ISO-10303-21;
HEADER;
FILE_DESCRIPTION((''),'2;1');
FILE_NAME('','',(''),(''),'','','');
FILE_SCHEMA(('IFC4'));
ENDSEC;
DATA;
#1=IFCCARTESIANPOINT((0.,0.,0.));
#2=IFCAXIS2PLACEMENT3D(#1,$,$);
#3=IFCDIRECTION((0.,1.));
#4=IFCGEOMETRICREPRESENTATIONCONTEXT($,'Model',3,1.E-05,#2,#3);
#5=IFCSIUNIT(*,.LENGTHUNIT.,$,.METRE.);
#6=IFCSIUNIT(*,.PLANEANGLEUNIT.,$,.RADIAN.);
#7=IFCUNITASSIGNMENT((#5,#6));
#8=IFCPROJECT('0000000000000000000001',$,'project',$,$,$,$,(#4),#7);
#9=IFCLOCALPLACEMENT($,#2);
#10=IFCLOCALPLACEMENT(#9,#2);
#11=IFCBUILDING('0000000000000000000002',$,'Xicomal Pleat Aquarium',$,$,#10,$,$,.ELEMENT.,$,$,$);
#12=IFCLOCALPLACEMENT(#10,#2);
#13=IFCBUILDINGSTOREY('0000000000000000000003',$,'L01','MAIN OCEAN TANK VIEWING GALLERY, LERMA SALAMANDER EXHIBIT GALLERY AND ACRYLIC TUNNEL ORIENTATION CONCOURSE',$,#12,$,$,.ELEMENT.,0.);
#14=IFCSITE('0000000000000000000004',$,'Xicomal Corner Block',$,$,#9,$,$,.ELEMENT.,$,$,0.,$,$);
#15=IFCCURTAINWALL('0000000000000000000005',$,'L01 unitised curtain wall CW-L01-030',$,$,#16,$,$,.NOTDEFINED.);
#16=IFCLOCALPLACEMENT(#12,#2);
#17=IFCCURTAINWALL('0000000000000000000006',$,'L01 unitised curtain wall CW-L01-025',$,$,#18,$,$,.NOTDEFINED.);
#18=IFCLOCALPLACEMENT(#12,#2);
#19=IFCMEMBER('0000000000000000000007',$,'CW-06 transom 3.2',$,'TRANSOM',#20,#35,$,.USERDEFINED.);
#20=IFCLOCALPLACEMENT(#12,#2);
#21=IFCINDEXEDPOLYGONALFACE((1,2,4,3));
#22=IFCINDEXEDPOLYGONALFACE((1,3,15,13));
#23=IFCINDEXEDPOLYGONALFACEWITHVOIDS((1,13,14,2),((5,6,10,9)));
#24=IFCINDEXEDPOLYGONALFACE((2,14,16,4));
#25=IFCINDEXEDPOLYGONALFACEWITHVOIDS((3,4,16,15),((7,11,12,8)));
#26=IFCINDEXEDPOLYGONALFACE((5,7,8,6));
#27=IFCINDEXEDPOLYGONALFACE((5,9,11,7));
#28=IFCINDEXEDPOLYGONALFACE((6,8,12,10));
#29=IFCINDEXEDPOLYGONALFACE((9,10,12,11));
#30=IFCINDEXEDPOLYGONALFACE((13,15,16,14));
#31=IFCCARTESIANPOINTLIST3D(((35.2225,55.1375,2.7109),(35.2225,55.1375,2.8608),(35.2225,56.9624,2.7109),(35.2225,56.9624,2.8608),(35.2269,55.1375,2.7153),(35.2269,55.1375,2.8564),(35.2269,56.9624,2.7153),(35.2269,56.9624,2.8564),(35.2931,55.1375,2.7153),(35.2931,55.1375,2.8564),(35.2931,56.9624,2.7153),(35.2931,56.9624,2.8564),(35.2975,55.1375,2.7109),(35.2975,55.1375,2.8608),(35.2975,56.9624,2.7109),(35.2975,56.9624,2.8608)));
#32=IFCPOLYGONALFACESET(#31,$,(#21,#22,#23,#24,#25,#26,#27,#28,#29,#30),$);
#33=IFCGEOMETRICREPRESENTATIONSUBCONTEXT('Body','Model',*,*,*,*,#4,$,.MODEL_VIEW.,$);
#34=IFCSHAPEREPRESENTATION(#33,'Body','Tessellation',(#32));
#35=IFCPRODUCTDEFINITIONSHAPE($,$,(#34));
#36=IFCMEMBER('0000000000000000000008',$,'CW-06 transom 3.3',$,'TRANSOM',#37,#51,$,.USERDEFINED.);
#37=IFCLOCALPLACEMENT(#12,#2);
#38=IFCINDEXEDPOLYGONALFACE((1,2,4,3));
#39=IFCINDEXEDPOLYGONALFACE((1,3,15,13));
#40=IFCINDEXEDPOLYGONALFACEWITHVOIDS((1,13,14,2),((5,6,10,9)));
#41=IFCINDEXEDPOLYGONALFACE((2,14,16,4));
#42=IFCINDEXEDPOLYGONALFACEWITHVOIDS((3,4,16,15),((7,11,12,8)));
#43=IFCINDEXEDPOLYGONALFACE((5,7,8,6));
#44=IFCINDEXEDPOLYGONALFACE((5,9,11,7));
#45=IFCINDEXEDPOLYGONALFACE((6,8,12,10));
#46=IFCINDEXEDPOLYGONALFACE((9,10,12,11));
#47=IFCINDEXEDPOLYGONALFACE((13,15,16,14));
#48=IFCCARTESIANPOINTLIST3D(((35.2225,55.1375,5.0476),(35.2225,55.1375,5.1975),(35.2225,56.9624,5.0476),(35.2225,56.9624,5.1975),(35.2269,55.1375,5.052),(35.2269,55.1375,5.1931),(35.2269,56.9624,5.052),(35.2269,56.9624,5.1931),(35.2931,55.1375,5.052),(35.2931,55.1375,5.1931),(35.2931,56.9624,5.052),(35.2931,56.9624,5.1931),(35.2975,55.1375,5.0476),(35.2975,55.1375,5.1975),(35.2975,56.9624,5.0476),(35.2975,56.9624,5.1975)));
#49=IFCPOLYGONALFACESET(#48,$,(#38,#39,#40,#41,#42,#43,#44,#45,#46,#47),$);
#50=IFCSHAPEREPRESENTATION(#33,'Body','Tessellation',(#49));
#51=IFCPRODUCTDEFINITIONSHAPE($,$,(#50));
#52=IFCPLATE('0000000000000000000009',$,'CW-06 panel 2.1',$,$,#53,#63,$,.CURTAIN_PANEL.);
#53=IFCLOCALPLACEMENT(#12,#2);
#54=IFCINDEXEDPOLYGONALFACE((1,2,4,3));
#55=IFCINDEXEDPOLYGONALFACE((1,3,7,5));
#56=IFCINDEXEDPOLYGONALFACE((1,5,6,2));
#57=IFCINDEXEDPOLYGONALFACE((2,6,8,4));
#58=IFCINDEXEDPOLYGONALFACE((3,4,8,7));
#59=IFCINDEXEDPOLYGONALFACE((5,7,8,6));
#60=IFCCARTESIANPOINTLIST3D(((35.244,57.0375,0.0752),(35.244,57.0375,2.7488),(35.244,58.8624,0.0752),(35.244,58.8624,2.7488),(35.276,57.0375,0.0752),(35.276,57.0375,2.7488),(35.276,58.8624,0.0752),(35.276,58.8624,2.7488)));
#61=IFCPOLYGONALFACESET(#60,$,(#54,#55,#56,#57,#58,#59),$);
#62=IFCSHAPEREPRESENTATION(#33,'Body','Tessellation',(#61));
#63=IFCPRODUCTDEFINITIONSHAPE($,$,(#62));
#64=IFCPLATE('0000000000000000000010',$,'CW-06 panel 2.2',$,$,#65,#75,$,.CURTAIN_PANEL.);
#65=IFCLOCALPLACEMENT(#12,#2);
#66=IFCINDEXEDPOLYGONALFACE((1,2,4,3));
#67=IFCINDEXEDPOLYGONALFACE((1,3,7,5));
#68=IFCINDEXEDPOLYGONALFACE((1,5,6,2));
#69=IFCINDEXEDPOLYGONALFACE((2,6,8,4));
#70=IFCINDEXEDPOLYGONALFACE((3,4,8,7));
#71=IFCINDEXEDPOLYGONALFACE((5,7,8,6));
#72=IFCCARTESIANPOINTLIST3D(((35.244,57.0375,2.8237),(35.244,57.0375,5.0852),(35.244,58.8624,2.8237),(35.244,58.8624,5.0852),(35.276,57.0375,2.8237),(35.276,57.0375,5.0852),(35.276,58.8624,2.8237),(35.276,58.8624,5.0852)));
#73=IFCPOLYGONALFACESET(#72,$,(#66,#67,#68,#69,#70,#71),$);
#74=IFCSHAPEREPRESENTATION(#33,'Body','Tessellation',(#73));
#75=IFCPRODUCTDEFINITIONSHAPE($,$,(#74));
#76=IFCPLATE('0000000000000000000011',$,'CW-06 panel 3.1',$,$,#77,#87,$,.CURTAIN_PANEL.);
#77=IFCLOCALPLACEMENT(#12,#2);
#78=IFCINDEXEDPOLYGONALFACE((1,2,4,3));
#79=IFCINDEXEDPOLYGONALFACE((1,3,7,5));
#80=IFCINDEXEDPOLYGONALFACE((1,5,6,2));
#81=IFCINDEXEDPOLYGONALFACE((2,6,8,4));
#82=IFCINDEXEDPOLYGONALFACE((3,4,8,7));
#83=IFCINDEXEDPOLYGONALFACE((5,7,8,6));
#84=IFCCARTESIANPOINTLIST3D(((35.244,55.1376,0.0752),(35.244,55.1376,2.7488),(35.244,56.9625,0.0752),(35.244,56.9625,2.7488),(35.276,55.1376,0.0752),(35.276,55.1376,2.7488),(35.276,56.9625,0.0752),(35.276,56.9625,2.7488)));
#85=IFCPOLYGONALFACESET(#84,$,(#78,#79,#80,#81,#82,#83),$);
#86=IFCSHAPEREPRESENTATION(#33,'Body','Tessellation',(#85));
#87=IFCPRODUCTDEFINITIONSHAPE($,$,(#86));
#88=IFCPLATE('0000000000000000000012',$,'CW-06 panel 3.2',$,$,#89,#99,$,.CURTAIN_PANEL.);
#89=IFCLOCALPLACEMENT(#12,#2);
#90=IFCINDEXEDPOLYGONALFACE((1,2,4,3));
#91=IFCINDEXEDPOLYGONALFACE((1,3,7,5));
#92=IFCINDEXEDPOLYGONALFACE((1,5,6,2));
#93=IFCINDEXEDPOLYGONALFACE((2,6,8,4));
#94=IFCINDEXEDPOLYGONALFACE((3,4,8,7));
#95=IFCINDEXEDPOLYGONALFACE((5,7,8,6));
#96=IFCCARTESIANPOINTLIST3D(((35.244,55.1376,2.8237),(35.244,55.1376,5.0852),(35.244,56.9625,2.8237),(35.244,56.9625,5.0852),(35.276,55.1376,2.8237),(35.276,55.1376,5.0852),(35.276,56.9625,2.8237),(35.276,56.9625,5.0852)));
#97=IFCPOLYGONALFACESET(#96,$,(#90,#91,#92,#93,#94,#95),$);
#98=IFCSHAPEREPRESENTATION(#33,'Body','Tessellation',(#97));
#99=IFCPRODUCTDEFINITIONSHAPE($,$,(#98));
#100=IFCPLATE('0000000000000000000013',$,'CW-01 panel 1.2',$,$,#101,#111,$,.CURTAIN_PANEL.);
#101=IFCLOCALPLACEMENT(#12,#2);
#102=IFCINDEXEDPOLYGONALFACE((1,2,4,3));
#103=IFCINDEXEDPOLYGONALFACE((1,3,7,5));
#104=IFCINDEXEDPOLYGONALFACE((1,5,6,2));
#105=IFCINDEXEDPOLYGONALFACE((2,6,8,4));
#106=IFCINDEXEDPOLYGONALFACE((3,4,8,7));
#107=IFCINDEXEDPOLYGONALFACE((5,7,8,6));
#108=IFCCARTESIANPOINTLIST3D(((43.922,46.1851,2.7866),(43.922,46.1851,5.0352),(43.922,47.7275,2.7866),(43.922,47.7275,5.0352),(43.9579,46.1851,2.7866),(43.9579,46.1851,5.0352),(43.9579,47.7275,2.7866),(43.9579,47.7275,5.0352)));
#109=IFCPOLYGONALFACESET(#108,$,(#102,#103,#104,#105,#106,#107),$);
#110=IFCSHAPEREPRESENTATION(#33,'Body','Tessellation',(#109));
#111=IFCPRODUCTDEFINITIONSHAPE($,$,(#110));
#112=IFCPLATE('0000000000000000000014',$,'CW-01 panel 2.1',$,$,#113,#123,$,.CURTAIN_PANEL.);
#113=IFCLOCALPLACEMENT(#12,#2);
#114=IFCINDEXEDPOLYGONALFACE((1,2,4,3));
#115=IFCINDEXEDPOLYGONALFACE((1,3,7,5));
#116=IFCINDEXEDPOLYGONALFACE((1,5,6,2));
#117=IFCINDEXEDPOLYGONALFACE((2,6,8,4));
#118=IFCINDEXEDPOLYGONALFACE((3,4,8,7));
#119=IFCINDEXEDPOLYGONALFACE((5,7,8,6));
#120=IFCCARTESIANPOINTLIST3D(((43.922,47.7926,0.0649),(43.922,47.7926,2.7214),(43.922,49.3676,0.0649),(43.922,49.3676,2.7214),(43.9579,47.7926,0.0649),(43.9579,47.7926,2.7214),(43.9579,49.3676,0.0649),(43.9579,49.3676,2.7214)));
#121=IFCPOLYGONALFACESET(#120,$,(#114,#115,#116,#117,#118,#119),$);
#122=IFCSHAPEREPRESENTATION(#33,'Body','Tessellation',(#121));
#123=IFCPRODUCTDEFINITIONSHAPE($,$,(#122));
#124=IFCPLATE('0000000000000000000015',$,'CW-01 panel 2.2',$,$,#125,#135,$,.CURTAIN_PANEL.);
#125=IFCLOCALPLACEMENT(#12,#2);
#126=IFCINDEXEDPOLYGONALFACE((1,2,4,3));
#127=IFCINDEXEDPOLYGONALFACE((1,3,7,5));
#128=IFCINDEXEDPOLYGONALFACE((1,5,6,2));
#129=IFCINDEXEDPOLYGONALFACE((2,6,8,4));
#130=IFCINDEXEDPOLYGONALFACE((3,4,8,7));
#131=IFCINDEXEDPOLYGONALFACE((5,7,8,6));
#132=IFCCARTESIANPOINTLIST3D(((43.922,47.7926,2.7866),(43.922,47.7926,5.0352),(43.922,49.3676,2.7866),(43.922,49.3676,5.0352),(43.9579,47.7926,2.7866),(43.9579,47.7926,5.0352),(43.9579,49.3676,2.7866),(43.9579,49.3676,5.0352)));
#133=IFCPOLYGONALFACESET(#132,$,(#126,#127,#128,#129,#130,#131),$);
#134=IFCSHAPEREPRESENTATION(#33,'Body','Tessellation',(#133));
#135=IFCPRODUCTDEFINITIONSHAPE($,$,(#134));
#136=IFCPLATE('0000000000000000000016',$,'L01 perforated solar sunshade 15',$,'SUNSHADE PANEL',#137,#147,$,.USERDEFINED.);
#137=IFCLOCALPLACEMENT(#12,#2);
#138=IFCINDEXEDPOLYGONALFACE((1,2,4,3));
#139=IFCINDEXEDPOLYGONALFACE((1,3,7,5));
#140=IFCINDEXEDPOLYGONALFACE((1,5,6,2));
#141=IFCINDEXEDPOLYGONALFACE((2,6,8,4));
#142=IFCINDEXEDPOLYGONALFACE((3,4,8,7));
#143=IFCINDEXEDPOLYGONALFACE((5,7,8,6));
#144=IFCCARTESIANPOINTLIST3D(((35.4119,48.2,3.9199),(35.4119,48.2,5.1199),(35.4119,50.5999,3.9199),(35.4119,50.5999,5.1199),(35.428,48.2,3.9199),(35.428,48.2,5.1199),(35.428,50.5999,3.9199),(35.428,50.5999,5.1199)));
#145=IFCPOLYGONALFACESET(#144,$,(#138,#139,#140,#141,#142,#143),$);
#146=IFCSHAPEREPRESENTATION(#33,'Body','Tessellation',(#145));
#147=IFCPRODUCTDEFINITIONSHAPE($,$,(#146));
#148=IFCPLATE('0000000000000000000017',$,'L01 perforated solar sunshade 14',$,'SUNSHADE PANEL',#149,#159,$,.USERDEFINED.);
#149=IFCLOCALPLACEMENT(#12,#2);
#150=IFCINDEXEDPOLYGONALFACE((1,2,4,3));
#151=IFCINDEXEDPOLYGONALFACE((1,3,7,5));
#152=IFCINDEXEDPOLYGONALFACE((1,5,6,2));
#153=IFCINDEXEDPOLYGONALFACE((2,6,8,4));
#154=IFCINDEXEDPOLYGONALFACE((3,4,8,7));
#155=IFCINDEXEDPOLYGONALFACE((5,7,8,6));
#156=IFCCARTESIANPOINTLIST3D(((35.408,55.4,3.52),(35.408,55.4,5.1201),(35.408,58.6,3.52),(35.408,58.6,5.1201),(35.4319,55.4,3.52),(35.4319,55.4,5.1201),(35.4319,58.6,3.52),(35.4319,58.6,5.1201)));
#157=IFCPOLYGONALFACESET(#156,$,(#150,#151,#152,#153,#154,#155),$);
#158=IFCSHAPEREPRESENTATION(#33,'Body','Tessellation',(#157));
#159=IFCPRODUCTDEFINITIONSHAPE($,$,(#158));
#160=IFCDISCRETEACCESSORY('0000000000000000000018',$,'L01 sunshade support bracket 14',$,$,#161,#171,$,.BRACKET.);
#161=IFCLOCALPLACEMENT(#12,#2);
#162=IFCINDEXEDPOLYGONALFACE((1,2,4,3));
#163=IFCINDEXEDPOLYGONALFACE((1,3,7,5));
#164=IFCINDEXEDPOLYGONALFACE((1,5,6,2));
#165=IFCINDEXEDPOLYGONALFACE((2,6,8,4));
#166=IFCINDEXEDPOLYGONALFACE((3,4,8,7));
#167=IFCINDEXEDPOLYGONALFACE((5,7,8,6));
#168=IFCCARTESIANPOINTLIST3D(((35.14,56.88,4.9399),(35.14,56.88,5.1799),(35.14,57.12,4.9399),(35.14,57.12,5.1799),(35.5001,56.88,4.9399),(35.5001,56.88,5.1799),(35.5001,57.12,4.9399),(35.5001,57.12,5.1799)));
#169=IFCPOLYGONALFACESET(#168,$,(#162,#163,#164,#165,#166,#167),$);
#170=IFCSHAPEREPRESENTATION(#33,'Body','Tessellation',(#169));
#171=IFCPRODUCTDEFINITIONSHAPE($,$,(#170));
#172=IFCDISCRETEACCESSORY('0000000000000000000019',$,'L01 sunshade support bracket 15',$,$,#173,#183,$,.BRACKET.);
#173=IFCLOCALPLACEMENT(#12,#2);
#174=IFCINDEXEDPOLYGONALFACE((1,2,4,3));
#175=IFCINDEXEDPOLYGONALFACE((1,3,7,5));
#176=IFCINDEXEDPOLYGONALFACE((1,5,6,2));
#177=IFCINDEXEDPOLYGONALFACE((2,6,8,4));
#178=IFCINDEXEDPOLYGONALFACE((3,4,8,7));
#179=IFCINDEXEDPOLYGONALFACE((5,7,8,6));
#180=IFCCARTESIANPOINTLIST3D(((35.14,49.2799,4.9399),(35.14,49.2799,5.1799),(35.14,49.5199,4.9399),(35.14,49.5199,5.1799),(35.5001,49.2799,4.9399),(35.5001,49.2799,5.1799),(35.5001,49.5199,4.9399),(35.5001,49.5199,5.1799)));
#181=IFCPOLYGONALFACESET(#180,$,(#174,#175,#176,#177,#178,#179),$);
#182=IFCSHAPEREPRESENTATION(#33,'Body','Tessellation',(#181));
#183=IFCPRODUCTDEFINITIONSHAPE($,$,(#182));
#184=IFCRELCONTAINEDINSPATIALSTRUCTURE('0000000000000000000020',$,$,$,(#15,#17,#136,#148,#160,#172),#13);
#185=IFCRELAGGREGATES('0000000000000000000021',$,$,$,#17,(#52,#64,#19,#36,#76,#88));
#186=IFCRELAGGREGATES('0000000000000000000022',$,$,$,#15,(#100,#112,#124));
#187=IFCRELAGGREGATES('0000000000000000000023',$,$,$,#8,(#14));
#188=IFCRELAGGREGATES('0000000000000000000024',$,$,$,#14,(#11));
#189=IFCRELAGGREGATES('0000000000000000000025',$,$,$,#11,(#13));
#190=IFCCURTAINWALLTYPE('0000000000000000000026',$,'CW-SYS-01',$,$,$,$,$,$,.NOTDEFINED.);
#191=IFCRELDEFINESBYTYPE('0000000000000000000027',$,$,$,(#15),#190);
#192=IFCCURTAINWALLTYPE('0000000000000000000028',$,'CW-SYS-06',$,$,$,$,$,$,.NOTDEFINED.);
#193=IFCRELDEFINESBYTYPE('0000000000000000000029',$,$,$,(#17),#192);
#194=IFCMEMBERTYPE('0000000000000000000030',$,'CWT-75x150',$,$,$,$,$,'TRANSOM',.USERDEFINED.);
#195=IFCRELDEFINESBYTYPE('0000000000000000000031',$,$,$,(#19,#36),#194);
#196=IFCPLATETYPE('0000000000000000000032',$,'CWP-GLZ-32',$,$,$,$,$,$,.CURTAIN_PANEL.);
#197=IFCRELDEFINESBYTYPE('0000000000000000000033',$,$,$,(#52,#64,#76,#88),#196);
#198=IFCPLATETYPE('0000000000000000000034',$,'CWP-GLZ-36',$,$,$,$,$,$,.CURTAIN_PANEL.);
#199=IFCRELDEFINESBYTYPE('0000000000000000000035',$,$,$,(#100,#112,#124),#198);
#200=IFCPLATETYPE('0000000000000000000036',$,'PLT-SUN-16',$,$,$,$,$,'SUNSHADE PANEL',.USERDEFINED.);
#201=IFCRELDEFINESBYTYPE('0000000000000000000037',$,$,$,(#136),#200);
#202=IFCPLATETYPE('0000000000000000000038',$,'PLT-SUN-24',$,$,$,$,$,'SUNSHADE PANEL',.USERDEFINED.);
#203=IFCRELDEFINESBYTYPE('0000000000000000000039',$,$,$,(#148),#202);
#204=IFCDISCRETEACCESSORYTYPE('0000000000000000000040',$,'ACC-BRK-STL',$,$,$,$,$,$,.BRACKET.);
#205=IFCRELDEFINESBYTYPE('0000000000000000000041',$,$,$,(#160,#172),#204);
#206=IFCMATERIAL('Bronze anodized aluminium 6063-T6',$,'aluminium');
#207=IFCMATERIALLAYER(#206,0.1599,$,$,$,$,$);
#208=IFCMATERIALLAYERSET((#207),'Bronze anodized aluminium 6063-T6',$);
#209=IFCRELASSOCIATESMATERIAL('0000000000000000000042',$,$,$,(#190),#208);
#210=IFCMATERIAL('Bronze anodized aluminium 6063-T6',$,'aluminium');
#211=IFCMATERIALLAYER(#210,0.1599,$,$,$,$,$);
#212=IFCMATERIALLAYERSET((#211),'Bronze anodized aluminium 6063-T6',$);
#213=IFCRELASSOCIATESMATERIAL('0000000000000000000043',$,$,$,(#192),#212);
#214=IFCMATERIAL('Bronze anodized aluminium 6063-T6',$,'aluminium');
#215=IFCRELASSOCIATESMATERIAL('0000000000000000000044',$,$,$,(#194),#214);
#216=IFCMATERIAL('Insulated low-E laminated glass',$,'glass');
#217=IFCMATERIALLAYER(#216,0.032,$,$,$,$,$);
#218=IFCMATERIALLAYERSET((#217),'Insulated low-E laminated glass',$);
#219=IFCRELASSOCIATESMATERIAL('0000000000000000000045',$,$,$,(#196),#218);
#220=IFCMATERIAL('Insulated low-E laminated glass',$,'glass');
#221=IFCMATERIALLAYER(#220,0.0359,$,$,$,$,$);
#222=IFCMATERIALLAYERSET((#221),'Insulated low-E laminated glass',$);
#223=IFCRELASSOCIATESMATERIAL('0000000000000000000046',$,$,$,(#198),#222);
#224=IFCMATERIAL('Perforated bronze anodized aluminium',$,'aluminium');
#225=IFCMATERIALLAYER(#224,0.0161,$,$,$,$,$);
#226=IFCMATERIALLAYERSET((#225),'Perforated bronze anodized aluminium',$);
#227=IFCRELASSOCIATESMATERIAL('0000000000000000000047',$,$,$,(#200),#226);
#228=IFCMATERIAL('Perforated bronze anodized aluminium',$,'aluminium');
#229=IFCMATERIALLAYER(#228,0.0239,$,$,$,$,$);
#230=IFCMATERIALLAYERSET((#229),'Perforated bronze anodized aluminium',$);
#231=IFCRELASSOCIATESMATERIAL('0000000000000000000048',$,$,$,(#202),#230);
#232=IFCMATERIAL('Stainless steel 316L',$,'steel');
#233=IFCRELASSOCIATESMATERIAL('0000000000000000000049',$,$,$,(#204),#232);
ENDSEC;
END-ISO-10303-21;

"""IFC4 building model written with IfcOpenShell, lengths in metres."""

from ifc_helpers import new_model, si_unit, direction, frame, origin, origin_2d, place, context, subcontext, project, spatial, rectangle, hollow_rectangle, extrude, material, layer, layer_set, material_profile, profile_set, type_object, element, aggregate, save


model = new_model("IFC4")

# Units and contexts
model_context = context("Model", 3, precision=1e-05, world=origin(), true_north=direction((0.0, 1.0)))
body_context = subcontext(model_context, "Body", "Model", "MODEL_VIEW")
ifc_project = project(units=[si_unit("LENGTHUNIT", "METRE"), si_unit("PLANEANGLEUNIT", "RADIAN")], contexts=[model_context])

# Site, building, storey
site_placement = place(None, origin())
site = spatial("IfcSite", under=ifc_project, at=site_placement, Name="Xicomal Corner Block", CompositionType="ELEMENT", RefElevation=0.0)
building_placement = place(site_placement, origin())
building = spatial("IfcBuilding", under=site, at=building_placement, Name="Xicomal Pleat Aquarium", CompositionType="ELEMENT")
storey_placement = place(building_placement, origin())
storey = spatial("IfcBuildingStorey", under=building, at=storey_placement, Name="L01", Description="MAIN OCEAN TANK VIEWING GALLERY, LERMA SALAMANDER EXHIBIT GALLERY AND ACRYLIC TUNNEL ORIENTATION CONCOURSE", CompositionType="ELEMENT", Elevation=0.0)

# Curtain walls
ifc_material_1 = material(Name="Bronze anodized aluminium 6063-T6", Category="aluminium")
ifc_layer_1 = layer(ifc_material_1, 0.1599)
ifc_layer_set_1 = layer_set([ifc_layer_1], Name="Bronze anodized aluminium 6063-T6")
curtain_wall_type_1 = type_object("IfcCurtainWallType", Name="CW-SYS-01", PredefinedType="NOTDEFINED", material=ifc_layer_set_1)
curtain_wall_1_placement = place(storey_placement, origin())
curtain_wall_1 = element("IfcCurtainWall", 1, at=curtain_wall_1_placement, inside=storey, type_object=curtain_wall_type_1, Name="L01 unitised curtain wall CW-L01-030", PredefinedType="NOTDEFINED")
ifc_material_2 = material(Name="Bronze anodized aluminium 6063-T6", Category="aluminium")
ifc_layer_2 = layer(ifc_material_2, 0.1599)
ifc_layer_set_2 = layer_set([ifc_layer_2], Name="Bronze anodized aluminium 6063-T6")
curtain_wall_type_2 = type_object("IfcCurtainWallType", Name="CW-SYS-06", PredefinedType="NOTDEFINED", material=ifc_layer_set_2)
curtain_wall_2_placement = place(storey_placement, origin())
curtain_wall_2 = element("IfcCurtainWall", 2, at=curtain_wall_2_placement, inside=storey, type_object=curtain_wall_type_2, Name="L01 unitised curtain wall CW-L01-025", PredefinedType="NOTDEFINED")

# Members
ifc_material_3 = material(Name="Bronze anodized aluminium 6063-T6", Category="aluminium")
ifc_material_profile_1 = material_profile(ifc_material_3, hollow_rectangle(XDim=0.075, YDim=0.1499, WallThickness=0.0044, at=origin_2d()), Name="ALU TRAN 75x150")
ifc_profile_set_1 = profile_set([ifc_material_profile_1], Name="Bronze anodized aluminium 6063-T6")
member_type_1 = type_object("IfcMemberType", Name="CWT-75x150", ElementType="TRANSOM", PredefinedType="USERDEFINED", material=ifc_profile_set_1)
member_1_placement = place(storey_placement, frame((35.26, 56.9624, 2.7859), z_axis=(0.0, -1.0, 0.0), x_axis=(1.0, 0.0, 0.0)))
member_1 = element("IfcMember", 3, at=member_1_placement, type_object=member_type_1, Name="CW-06 transom 3.2", ObjectType="TRANSOM", PredefinedType="USERDEFINED", context=body_context, shape_type="SweptSolid", body=[
    extrude(hollow_rectangle(XDim=0.075, YDim=0.1499, WallThickness=0.0044, at=origin_2d()), origin(), (0.0, 0.0, 1.0), 1.825),
])
member_2_placement = place(storey_placement, frame((35.26, 56.9624, 5.1226), z_axis=(0.0, -1.0, 0.0), x_axis=(1.0, 0.0, 0.0)))
member_2 = element("IfcMember", 4, at=member_2_placement, type_object=member_type_1, Name="CW-06 transom 3.3", ObjectType="TRANSOM", PredefinedType="USERDEFINED", context=body_context, shape_type="SweptSolid", body=[
    extrude(hollow_rectangle(XDim=0.075, YDim=0.1499, WallThickness=0.0044, at=origin_2d()), origin(), (0.0, 0.0, 1.0), 1.825),
])

# Plates
ifc_material_4 = material(Name="Insulated low-E laminated glass", Category="glass")
ifc_layer_3 = layer(ifc_material_4, 0.032)
ifc_layer_set_3 = layer_set([ifc_layer_3], Name="Insulated low-E laminated glass")
plate_type_1 = type_object("IfcPlateType", Name="CWP-GLZ-32", PredefinedType="CURTAIN_PANEL", material=ifc_layer_set_3)
plate_1_placement = place(storey_placement, frame((35.26, 57.95, 0.0752), z_axis=(0.0, 0.0, 1.0), x_axis=(0.0, -1.0, 0.0)))
plate_1 = element("IfcPlate", 5, at=plate_1_placement, type_object=plate_type_1, Name="CW-06 panel 2.1", PredefinedType="CURTAIN_PANEL", context=body_context, shape_type="SweptSolid", body=[
    extrude(rectangle(XDim=1.825, YDim=0.032, at=origin_2d()), origin(), (0.0, 0.0, 1.0), 2.6736),
])
plate_2_placement = place(storey_placement, frame((35.26, 57.95, 2.8237), z_axis=(0.0, 0.0, 1.0), x_axis=(0.0, -1.0, 0.0)))
plate_2 = element("IfcPlate", 6, at=plate_2_placement, type_object=plate_type_1, Name="CW-06 panel 2.2", PredefinedType="CURTAIN_PANEL", context=body_context, shape_type="SweptSolid", body=[
    extrude(rectangle(XDim=1.825, YDim=0.032, at=origin_2d()), origin(), (0.0, 0.0, 1.0), 2.2615),
])
plate_3_placement = place(storey_placement, frame((35.26, 56.05, 0.0752), z_axis=(0.0, 0.0, 1.0), x_axis=(0.0, -1.0, 0.0)))
plate_3 = element("IfcPlate", 7, at=plate_3_placement, type_object=plate_type_1, Name="CW-06 panel 3.1", PredefinedType="CURTAIN_PANEL", context=body_context, shape_type="SweptSolid", body=[
    extrude(rectangle(XDim=1.825, YDim=0.032, at=origin_2d()), origin(), (0.0, 0.0, 1.0), 2.6736),
])
plate_4_placement = place(storey_placement, frame((35.26, 56.05, 2.8237), z_axis=(0.0, 0.0, 1.0), x_axis=(0.0, -1.0, 0.0)))
plate_4 = element("IfcPlate", 8, at=plate_4_placement, type_object=plate_type_1, Name="CW-06 panel 3.2", PredefinedType="CURTAIN_PANEL", context=body_context, shape_type="SweptSolid", body=[
    extrude(rectangle(XDim=1.825, YDim=0.032, at=origin_2d()), origin(), (0.0, 0.0, 1.0), 2.2615),
])
aggregate(curtain_wall_2, [plate_1, plate_2, member_1, member_2, plate_3, plate_4])
ifc_material_5 = material(Name="Insulated low-E laminated glass", Category="glass")
ifc_layer_4 = layer(ifc_material_5, 0.0359)
ifc_layer_set_4 = layer_set([ifc_layer_4], Name="Insulated low-E laminated glass")
plate_type_2 = type_object("IfcPlateType", Name="CWP-GLZ-36", PredefinedType="CURTAIN_PANEL", material=ifc_layer_set_4)
plate_5_placement = place(storey_placement, frame((43.9399, 46.9563, 2.7866), z_axis=(0.0, 0.0, 1.0), x_axis=(0.0, 1.0, 0.0)))
plate_5 = element("IfcPlate", 9, at=plate_5_placement, type_object=plate_type_2, Name="CW-01 panel 1.2", PredefinedType="CURTAIN_PANEL", context=body_context, shape_type="SweptSolid", body=[
    extrude(rectangle(XDim=1.5425, YDim=0.0359, at=origin_2d()), origin(), (0.0, 0.0, 1.0), 2.2485),
])
plate_6_placement = place(storey_placement, frame((43.9399, 48.5801, 0.0649), z_axis=(0.0, 0.0, 1.0), x_axis=(0.0, 1.0, 0.0)))
plate_6 = element("IfcPlate", 10, at=plate_6_placement, type_object=plate_type_2, Name="CW-01 panel 2.1", PredefinedType="CURTAIN_PANEL", context=body_context, shape_type="SweptSolid", body=[
    extrude(rectangle(XDim=1.575, YDim=0.0359, at=origin_2d()), origin(), (0.0, 0.0, 1.0), 2.6565),
])
plate_7_placement = place(storey_placement, frame((43.9399, 48.5801, 2.7866), z_axis=(0.0, 0.0, 1.0), x_axis=(0.0, 1.0, 0.0)))
plate_7 = element("IfcPlate", 11, at=plate_7_placement, type_object=plate_type_2, Name="CW-01 panel 2.2", PredefinedType="CURTAIN_PANEL", context=body_context, shape_type="SweptSolid", body=[
    extrude(rectangle(XDim=1.575, YDim=0.0359, at=origin_2d()), origin(), (0.0, 0.0, 1.0), 2.2485),
])
aggregate(curtain_wall_1, [plate_5, plate_6, plate_7])

# Plates
ifc_material_6 = material(Name="Perforated bronze anodized aluminium", Category="aluminium")
ifc_layer_5 = layer(ifc_material_6, 0.0161)
ifc_layer_set_5 = layer_set([ifc_layer_5], Name="Perforated bronze anodized aluminium")
plate_type_3 = type_object("IfcPlateType", Name="PLT-SUN-16", ElementType="SUNSHADE PANEL", PredefinedType="USERDEFINED", material=ifc_layer_set_5)
plate_8_placement = place(storey_placement, frame((35.4199, 49.3999, 3.9199), z_axis=(0.0, 0.0, 1.0), x_axis=(0.0, -1.0, 0.0)))
element("IfcPlate", 12, at=plate_8_placement, inside=storey, type_object=plate_type_3, Name="L01 perforated solar sunshade 15", ObjectType="SUNSHADE PANEL", PredefinedType="USERDEFINED", context=body_context, shape_type="SweptSolid", body=[
    extrude(rectangle(XDim=2.3999, YDim=0.0161, at=origin_2d()), origin(), (0.0, 0.0, 1.0), 1.2),
])
ifc_material_7 = material(Name="Perforated bronze anodized aluminium", Category="aluminium")
ifc_layer_6 = layer(ifc_material_7, 0.0239)
ifc_layer_set_6 = layer_set([ifc_layer_6], Name="Perforated bronze anodized aluminium")
plate_type_4 = type_object("IfcPlateType", Name="PLT-SUN-24", ElementType="SUNSHADE PANEL", PredefinedType="USERDEFINED", material=ifc_layer_set_6)
plate_9_placement = place(storey_placement, frame((35.4199, 57.0, 3.52), z_axis=(0.0, 0.0, 1.0), x_axis=(0.0, -1.0, 0.0)))
element("IfcPlate", 13, at=plate_9_placement, inside=storey, type_object=plate_type_4, Name="L01 perforated solar sunshade 14", ObjectType="SUNSHADE PANEL", PredefinedType="USERDEFINED", context=body_context, shape_type="SweptSolid", body=[
    extrude(rectangle(XDim=3.2, YDim=0.0239, at=origin_2d()), origin(), (0.0, 0.0, 1.0), 1.6001),
])

# Discrete accessories
ifc_material_8 = material(Name="Stainless steel 316L", Category="steel")
discrete_accessory_type = type_object("IfcDiscreteAccessoryType", Name="ACC-BRK-STL", PredefinedType="BRACKET", material=ifc_material_8)
for number, where, z_axis, x_axis, name in (
    (14, (35.3201, 57.0, 4.9399), (0.0, 0.0, 1.0), (0.0, -1.0, 0.0), "L01 sunshade support bracket 14"),
    (15, (35.3201, 49.3999, 4.9399), (0.0, 0.0, 1.0), (0.0, -1.0, 0.0), "L01 sunshade support bracket 15"),
):
    element("IfcDiscreteAccessory", number, at=place(storey_placement, frame(where, z_axis=z_axis, x_axis=x_axis)), inside=storey, type_object=discrete_accessory_type, Name=name, PredefinedType="BRACKET", context=body_context, shape_type="SweptSolid", body=[
        extrude(rectangle(XDim=0.24, YDim=0.3601, at=origin_2d()), origin(), (0.0, 0.0, 1.0), 0.24),
    ])

save(model, "model.ifc")
